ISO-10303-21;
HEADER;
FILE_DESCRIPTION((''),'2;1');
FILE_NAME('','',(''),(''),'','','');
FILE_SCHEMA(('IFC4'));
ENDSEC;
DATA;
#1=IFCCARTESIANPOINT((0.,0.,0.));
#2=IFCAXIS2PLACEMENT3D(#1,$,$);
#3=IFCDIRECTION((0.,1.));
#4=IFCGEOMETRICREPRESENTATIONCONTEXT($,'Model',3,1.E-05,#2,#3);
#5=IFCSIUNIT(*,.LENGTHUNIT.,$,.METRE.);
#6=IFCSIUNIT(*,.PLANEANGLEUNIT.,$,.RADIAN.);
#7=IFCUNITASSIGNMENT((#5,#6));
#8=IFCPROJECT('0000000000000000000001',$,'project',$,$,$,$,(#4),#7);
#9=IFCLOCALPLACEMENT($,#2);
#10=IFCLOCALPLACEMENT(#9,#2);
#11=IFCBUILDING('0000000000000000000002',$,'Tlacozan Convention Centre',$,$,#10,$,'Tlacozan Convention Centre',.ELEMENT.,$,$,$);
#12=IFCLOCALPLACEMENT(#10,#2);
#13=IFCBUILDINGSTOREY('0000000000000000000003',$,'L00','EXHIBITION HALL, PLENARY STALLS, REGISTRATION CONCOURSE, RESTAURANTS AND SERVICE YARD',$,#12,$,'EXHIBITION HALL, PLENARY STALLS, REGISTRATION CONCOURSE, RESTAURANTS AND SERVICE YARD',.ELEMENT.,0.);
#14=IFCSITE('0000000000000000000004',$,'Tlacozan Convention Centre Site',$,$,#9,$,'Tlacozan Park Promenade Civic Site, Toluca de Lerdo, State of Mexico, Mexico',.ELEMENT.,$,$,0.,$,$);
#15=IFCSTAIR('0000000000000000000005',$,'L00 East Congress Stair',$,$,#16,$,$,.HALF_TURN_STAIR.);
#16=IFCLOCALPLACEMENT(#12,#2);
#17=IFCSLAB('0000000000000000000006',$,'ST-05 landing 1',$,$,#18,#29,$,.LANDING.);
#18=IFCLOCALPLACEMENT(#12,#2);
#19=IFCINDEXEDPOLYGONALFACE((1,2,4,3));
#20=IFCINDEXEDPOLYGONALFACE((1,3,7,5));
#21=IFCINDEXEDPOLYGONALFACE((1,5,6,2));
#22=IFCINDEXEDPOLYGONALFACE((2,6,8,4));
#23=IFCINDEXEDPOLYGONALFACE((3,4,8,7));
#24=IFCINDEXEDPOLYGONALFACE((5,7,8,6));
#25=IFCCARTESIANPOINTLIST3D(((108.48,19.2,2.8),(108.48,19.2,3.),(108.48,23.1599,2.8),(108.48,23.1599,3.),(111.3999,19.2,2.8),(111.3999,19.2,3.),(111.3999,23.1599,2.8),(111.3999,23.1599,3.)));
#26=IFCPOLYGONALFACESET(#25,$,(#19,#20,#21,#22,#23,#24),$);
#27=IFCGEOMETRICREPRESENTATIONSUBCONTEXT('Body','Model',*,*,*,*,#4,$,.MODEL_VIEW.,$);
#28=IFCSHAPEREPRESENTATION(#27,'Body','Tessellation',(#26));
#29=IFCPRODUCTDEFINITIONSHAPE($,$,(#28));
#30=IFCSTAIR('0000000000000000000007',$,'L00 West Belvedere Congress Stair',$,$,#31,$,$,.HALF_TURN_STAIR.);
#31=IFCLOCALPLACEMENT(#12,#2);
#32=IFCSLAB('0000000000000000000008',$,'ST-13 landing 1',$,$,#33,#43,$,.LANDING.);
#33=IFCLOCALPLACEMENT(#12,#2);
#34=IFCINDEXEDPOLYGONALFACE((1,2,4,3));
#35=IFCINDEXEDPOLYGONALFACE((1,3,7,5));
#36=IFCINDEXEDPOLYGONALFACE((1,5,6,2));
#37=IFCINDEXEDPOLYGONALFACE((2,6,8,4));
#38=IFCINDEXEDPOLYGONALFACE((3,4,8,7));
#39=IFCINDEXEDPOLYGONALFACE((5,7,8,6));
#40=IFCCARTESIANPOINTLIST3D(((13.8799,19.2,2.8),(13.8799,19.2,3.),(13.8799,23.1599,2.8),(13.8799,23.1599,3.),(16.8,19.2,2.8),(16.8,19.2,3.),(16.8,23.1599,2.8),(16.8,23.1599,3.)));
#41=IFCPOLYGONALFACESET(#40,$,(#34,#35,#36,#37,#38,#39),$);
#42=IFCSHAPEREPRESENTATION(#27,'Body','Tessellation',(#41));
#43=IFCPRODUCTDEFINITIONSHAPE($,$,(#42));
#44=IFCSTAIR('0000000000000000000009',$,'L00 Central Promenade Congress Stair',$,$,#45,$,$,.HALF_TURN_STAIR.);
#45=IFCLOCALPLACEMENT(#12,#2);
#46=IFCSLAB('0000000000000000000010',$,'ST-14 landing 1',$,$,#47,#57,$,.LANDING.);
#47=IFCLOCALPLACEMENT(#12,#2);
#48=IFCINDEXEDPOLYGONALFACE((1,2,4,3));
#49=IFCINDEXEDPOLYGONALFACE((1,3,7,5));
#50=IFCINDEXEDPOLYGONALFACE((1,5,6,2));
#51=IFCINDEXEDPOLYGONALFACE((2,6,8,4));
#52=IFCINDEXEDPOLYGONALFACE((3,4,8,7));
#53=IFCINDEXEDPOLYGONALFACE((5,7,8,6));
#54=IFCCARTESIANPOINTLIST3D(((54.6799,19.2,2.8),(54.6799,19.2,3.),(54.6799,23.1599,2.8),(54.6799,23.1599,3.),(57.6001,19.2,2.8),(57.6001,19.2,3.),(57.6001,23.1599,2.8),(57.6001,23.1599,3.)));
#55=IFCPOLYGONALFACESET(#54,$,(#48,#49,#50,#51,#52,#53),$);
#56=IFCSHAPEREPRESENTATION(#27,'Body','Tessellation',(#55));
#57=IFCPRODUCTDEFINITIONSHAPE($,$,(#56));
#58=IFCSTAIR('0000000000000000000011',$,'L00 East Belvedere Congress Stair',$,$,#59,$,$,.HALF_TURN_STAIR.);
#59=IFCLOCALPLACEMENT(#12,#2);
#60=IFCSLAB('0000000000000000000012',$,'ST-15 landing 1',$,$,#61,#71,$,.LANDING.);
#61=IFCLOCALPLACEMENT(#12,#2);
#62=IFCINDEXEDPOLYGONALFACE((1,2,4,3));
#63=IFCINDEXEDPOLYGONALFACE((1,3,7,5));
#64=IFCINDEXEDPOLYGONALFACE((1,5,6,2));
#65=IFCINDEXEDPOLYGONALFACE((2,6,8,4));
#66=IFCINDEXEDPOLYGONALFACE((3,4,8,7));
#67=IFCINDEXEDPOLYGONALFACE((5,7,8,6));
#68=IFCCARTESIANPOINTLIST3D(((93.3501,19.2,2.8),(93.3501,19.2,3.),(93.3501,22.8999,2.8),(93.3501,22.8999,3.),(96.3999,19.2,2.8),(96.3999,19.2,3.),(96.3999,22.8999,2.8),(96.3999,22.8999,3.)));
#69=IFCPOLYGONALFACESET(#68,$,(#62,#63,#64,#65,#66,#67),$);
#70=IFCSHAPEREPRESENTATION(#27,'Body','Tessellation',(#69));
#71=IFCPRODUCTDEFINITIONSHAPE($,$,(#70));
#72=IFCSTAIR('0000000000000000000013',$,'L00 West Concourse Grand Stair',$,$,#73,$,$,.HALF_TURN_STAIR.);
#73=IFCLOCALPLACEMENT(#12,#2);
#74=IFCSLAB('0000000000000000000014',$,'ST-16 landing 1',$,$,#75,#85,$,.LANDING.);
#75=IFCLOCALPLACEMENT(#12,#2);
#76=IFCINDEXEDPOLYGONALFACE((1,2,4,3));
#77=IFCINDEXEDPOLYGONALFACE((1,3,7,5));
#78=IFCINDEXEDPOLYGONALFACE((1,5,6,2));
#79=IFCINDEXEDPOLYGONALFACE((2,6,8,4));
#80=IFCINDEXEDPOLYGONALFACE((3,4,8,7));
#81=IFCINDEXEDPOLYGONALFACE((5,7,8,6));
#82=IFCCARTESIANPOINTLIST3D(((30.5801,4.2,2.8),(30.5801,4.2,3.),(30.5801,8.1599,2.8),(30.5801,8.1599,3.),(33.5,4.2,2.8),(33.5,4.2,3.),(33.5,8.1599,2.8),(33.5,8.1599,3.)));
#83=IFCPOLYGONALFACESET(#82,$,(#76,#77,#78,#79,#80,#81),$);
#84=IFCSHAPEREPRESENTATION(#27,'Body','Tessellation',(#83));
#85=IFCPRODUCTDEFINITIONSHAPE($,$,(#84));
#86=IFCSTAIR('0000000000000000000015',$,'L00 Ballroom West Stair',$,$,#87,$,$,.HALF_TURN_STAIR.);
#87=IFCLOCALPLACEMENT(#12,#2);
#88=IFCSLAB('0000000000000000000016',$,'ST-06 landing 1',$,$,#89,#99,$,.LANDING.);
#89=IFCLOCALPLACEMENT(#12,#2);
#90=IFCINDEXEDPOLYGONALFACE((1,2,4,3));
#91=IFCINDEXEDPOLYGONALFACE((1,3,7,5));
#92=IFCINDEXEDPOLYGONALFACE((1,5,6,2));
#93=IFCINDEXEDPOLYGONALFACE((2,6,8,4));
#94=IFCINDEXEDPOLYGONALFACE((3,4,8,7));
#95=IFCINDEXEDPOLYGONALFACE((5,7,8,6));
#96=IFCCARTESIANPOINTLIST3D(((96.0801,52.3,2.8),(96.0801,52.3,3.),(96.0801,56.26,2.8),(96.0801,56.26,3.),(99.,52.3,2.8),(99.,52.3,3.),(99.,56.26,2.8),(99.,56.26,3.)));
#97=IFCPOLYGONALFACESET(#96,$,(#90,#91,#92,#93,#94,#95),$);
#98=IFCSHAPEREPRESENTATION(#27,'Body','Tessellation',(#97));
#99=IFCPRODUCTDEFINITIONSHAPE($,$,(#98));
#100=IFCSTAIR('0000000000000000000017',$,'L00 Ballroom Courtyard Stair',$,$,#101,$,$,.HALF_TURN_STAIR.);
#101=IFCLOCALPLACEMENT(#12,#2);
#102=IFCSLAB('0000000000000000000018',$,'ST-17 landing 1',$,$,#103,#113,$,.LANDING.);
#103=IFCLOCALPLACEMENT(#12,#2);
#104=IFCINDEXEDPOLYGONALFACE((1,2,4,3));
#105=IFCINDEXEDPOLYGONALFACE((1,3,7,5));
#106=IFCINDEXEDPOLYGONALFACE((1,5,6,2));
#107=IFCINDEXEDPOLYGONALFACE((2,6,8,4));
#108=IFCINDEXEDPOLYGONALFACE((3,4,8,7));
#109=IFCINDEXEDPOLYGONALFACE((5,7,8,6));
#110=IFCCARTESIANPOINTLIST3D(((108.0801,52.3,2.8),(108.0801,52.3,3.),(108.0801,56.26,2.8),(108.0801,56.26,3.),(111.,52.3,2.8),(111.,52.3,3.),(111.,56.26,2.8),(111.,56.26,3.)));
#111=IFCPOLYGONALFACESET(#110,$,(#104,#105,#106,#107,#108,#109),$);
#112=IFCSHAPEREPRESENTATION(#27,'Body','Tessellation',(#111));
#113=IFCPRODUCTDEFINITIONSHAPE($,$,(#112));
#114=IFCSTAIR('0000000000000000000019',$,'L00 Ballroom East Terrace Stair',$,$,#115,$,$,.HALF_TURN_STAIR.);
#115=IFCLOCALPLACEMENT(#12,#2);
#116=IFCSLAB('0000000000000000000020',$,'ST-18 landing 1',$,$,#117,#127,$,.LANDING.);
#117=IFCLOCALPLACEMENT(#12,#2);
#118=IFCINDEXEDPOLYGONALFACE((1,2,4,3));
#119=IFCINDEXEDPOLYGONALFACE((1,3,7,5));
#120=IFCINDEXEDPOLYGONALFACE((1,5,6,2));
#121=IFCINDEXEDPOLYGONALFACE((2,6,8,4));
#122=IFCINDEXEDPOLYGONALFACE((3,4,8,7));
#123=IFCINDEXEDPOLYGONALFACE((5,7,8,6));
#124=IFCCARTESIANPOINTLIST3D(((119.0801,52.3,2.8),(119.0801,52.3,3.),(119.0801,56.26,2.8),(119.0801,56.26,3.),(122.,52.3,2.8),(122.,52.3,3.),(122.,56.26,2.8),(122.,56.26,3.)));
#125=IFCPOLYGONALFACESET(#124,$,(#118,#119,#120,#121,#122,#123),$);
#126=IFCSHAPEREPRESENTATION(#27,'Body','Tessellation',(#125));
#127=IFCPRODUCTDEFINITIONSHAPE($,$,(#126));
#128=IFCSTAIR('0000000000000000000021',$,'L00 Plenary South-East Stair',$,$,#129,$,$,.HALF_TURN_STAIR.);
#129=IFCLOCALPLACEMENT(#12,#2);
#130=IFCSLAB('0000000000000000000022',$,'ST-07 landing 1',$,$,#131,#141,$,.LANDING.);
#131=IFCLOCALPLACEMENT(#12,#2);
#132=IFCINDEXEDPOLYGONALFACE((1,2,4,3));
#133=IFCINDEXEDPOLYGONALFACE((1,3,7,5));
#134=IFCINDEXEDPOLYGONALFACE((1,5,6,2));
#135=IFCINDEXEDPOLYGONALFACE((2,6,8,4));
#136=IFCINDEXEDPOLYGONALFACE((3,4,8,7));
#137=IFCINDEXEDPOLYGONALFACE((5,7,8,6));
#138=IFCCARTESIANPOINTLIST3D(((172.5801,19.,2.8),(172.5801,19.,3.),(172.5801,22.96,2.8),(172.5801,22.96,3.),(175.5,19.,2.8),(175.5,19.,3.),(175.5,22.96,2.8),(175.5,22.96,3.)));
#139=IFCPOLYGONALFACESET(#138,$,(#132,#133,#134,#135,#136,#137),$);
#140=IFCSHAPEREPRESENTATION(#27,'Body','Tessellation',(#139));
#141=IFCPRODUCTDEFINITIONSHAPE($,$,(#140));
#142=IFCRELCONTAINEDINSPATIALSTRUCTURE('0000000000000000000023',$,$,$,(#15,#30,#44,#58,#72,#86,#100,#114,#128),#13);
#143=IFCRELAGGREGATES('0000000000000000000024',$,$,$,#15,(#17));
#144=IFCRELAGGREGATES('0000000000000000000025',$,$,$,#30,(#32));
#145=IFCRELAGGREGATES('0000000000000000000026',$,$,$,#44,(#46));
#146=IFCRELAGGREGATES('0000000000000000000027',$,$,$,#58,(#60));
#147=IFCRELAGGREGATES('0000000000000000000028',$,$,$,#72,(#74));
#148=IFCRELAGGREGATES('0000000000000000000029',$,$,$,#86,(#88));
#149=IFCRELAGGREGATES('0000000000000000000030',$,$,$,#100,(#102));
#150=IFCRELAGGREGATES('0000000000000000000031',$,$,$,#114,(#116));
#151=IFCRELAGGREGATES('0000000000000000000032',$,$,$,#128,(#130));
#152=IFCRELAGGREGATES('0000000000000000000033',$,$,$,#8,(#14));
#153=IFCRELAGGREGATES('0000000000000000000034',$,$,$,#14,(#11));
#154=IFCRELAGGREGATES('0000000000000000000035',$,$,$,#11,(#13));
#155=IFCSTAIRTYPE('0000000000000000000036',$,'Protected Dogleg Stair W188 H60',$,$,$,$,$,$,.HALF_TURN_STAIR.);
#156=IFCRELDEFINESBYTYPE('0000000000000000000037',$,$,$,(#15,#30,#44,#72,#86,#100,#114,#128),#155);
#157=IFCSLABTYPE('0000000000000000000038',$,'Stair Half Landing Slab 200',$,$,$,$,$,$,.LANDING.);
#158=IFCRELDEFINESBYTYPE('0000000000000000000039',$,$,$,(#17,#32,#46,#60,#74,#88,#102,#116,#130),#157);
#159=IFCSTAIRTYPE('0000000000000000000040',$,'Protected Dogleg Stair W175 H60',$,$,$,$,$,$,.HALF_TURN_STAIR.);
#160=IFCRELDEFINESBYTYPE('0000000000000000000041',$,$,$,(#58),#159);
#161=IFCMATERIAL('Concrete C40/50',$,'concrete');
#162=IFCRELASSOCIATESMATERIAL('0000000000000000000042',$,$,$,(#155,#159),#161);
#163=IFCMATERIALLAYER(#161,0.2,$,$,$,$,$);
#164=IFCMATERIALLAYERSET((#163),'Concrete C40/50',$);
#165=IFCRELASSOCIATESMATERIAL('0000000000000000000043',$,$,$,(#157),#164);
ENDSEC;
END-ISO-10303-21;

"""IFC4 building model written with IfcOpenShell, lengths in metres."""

from ifc_helpers import new_model, si_unit, direction, frame, origin, place, context, subcontext, project, spatial, polyline, outline, extrude, material, layer, layer_set, type_object, element, aggregate, save


model = new_model("IFC4")

# Units and contexts
model_context = context("Model", 3, precision=1e-05, world=origin(), true_north=direction((0.0, 1.0)))
body_context = subcontext(model_context, "Body", "Model", "MODEL_VIEW")
ifc_project = project(units=[si_unit("LENGTHUNIT", "METRE"), si_unit("PLANEANGLEUNIT", "RADIAN")], contexts=[model_context])

# Site, building, storey
site_placement = place(None, origin())
site = spatial("IfcSite", under=ifc_project, at=site_placement, Name="Tlacozan Convention Centre Site", LongName="Tlacozan Park Promenade Civic Site, Toluca de Lerdo, State of Mexico, Mexico", CompositionType="ELEMENT", RefElevation=0.0)
building_placement = place(site_placement, origin())
building = spatial("IfcBuilding", under=site, at=building_placement, Name="Tlacozan Convention Centre", LongName="Tlacozan Convention Centre", CompositionType="ELEMENT")
storey_placement = place(building_placement, origin())
storey = spatial("IfcBuildingStorey", under=building, at=storey_placement, Name="L00", Description="EXHIBITION HALL, PLENARY STALLS, REGISTRATION CONCOURSE, RESTAURANTS AND SERVICE YARD", LongName="EXHIBITION HALL, PLENARY STALLS, REGISTRATION CONCOURSE, RESTAURANTS AND SERVICE YARD", CompositionType="ELEMENT", Elevation=0.0)

# Shared definitions
ifc_material_1 = material(Name="Concrete C40/50", Category="concrete")

# Stairs, slabs
stair_type_1 = type_object("IfcStairType", Name="Protected Dogleg Stair W188 H60", PredefinedType="HALF_TURN_STAIR", material=ifc_material_1)
ifc_layer_1 = layer(ifc_material_1, 0.2)
ifc_layer_set_1 = layer_set([ifc_layer_1], Name="Concrete C40/50")
slab_type_1 = type_object("IfcSlabType", Name="Stair Half Landing Slab 200", PredefinedType="LANDING", material=ifc_layer_set_1)
stair_1_placement = place(storey_placement, origin())
stair_1 = element("IfcStair", 1, at=stair_1_placement, inside=storey, type_object=stair_type_1, Name="L00 East Congress Stair", PredefinedType="HALF_TURN_STAIR")
slab_1_placement = place(storey_placement, frame((0.0, 0.0, 2.8)))
slab_1 = element("IfcSlab", 2, at=slab_1_placement, type_object=slab_type_1, Name="ST-05 landing 1", PredefinedType="LANDING", context=body_context, shape_type="SweptSolid", body=[
    extrude(outline(polyline([(108.48, 19.2), (111.3999, 19.2), (111.3999, 23.1599), (108.48, 23.1599), (108.48, 19.2)])), origin(), (0.0, 0.0, 1.0), 0.2),
])
aggregate(stair_1, [slab_1])
stair_2_placement = place(storey_placement, origin())
stair_2 = element("IfcStair", 3, at=stair_2_placement, inside=storey, type_object=stair_type_1, Name="L00 West Belvedere Congress Stair", PredefinedType="HALF_TURN_STAIR")
slab_2_placement = place(storey_placement, frame((0.0, 0.0, 2.8)))
slab_2 = element("IfcSlab", 4, at=slab_2_placement, type_object=slab_type_1, Name="ST-13 landing 1", PredefinedType="LANDING", context=body_context, shape_type="SweptSolid", body=[
    extrude(outline(polyline([(13.8799, 19.2), (16.8, 19.2), (16.8, 23.1599), (13.8799, 23.1599), (13.8799, 19.2)])), origin(), (0.0, 0.0, 1.0), 0.2),
])
aggregate(stair_2, [slab_2])
stair_3_placement = place(storey_placement, origin())
stair_3 = element("IfcStair", 5, at=stair_3_placement, inside=storey, type_object=stair_type_1, Name="L00 Central Promenade Congress Stair", PredefinedType="HALF_TURN_STAIR")
slab_3_placement = place(storey_placement, frame((0.0, 0.0, 2.8)))
slab_3 = element("IfcSlab", 6, at=slab_3_placement, type_object=slab_type_1, Name="ST-14 landing 1", PredefinedType="LANDING", context=body_context, shape_type="SweptSolid", body=[
    extrude(outline(polyline([(54.6799, 19.2), (57.6001, 19.2), (57.6001, 23.1599), (54.6799, 23.1599), (54.6799, 19.2)])), origin(), (0.0, 0.0, 1.0), 0.2),
])
aggregate(stair_3, [slab_3])
stair_type_2 = type_object("IfcStairType", Name="Protected Dogleg Stair W175 H60", PredefinedType="HALF_TURN_STAIR", material=ifc_material_1)
stair_4_placement = place(storey_placement, origin())
stair_4 = element("IfcStair", 7, at=stair_4_placement, inside=storey, type_object=stair_type_2, Name="L00 East Belvedere Congress Stair", PredefinedType="HALF_TURN_STAIR")
slab_4_placement = place(storey_placement, frame((0.0, 0.0, 2.8)))
slab_4 = element("IfcSlab", 8, at=slab_4_placement, type_object=slab_type_1, Name="ST-15 landing 1", PredefinedType="LANDING", context=body_context, shape_type="SweptSolid", body=[
    extrude(outline(polyline([(93.3501, 19.2), (96.3999, 19.2), (96.3999, 22.8999), (93.3501, 22.8999), (93.3501, 19.2)])), origin(), (0.0, 0.0, 1.0), 0.2),
])
aggregate(stair_4, [slab_4])
stair_5_placement = place(storey_placement, origin())
stair_5 = element("IfcStair", 9, at=stair_5_placement, inside=storey, type_object=stair_type_1, Name="L00 West Concourse Grand Stair", PredefinedType="HALF_TURN_STAIR")
slab_5_placement = place(storey_placement, frame((0.0, 0.0, 2.8)))
slab_5 = element("IfcSlab", 10, at=slab_5_placement, type_object=slab_type_1, Name="ST-16 landing 1", PredefinedType="LANDING", context=body_context, shape_type="SweptSolid", body=[
    extrude(outline(polyline([(30.5801, 4.2), (33.5, 4.2), (33.5, 8.1599), (30.5801, 8.1599), (30.5801, 4.2)])), origin(), (0.0, 0.0, 1.0), 0.2),
])
aggregate(stair_5, [slab_5])
stair_6_placement = place(storey_placement, origin())
stair_6 = element("IfcStair", 11, at=stair_6_placement, inside=storey, type_object=stair_type_1, Name="L00 Ballroom West Stair", PredefinedType="HALF_TURN_STAIR")
slab_6_placement = place(storey_placement, frame((0.0, 0.0, 2.8)))
slab_6 = element("IfcSlab", 12, at=slab_6_placement, type_object=slab_type_1, Name="ST-06 landing 1", PredefinedType="LANDING", context=body_context, shape_type="SweptSolid", body=[
    extrude(outline(polyline([(96.0801, 52.3), (99.0, 52.3), (99.0, 56.26), (96.0801, 56.26), (96.0801, 52.3)])), origin(), (0.0, 0.0, 1.0), 0.2),
])
aggregate(stair_6, [slab_6])
stair_7_placement = place(storey_placement, origin())
stair_7 = element("IfcStair", 13, at=stair_7_placement, inside=storey, type_object=stair_type_1, Name="L00 Ballroom Courtyard Stair", PredefinedType="HALF_TURN_STAIR")
slab_7_placement = place(storey_placement, frame((0.0, 0.0, 2.8)))
slab_7 = element("IfcSlab", 14, at=slab_7_placement, type_object=slab_type_1, Name="ST-17 landing 1", PredefinedType="LANDING", context=body_context, shape_type="SweptSolid", body=[
    extrude(outline(polyline([(108.0801, 52.3), (111.0, 52.3), (111.0, 56.26), (108.0801, 56.26), (108.0801, 52.3)])), origin(), (0.0, 0.0, 1.0), 0.2),
])
aggregate(stair_7, [slab_7])
stair_8_placement = place(storey_placement, origin())
stair_8 = element("IfcStair", 15, at=stair_8_placement, inside=storey, type_object=stair_type_1, Name="L00 Ballroom East Terrace Stair", PredefinedType="HALF_TURN_STAIR")
slab_8_placement = place(storey_placement, frame((0.0, 0.0, 2.8)))
slab_8 = element("IfcSlab", 16, at=slab_8_placement, type_object=slab_type_1, Name="ST-18 landing 1", PredefinedType="LANDING", context=body_context, shape_type="SweptSolid", body=[
    extrude(outline(polyline([(119.0801, 52.3), (122.0, 52.3), (122.0, 56.26), (119.0801, 56.26), (119.0801, 52.3)])), origin(), (0.0, 0.0, 1.0), 0.2),
])
aggregate(stair_8, [slab_8])
stair_9_placement = place(storey_placement, origin())
stair_9 = element("IfcStair", 17, at=stair_9_placement, inside=storey, type_object=stair_type_1, Name="L00 Plenary South-East Stair", PredefinedType="HALF_TURN_STAIR")
slab_9_placement = place(storey_placement, frame((0.0, 0.0, 2.8)))
slab_9 = element("IfcSlab", 18, at=slab_9_placement, type_object=slab_type_1, Name="ST-07 landing 1", PredefinedType="LANDING", context=body_context, shape_type="SweptSolid", body=[
    extrude(outline(polyline([(172.5801, 19.0), (175.5, 19.0), (175.5, 22.96), (172.5801, 22.96), (172.5801, 19.0)])), origin(), (0.0, 0.0, 1.0), 0.2),
])
aggregate(stair_9, [slab_9])

save(model, "model.ifc")
